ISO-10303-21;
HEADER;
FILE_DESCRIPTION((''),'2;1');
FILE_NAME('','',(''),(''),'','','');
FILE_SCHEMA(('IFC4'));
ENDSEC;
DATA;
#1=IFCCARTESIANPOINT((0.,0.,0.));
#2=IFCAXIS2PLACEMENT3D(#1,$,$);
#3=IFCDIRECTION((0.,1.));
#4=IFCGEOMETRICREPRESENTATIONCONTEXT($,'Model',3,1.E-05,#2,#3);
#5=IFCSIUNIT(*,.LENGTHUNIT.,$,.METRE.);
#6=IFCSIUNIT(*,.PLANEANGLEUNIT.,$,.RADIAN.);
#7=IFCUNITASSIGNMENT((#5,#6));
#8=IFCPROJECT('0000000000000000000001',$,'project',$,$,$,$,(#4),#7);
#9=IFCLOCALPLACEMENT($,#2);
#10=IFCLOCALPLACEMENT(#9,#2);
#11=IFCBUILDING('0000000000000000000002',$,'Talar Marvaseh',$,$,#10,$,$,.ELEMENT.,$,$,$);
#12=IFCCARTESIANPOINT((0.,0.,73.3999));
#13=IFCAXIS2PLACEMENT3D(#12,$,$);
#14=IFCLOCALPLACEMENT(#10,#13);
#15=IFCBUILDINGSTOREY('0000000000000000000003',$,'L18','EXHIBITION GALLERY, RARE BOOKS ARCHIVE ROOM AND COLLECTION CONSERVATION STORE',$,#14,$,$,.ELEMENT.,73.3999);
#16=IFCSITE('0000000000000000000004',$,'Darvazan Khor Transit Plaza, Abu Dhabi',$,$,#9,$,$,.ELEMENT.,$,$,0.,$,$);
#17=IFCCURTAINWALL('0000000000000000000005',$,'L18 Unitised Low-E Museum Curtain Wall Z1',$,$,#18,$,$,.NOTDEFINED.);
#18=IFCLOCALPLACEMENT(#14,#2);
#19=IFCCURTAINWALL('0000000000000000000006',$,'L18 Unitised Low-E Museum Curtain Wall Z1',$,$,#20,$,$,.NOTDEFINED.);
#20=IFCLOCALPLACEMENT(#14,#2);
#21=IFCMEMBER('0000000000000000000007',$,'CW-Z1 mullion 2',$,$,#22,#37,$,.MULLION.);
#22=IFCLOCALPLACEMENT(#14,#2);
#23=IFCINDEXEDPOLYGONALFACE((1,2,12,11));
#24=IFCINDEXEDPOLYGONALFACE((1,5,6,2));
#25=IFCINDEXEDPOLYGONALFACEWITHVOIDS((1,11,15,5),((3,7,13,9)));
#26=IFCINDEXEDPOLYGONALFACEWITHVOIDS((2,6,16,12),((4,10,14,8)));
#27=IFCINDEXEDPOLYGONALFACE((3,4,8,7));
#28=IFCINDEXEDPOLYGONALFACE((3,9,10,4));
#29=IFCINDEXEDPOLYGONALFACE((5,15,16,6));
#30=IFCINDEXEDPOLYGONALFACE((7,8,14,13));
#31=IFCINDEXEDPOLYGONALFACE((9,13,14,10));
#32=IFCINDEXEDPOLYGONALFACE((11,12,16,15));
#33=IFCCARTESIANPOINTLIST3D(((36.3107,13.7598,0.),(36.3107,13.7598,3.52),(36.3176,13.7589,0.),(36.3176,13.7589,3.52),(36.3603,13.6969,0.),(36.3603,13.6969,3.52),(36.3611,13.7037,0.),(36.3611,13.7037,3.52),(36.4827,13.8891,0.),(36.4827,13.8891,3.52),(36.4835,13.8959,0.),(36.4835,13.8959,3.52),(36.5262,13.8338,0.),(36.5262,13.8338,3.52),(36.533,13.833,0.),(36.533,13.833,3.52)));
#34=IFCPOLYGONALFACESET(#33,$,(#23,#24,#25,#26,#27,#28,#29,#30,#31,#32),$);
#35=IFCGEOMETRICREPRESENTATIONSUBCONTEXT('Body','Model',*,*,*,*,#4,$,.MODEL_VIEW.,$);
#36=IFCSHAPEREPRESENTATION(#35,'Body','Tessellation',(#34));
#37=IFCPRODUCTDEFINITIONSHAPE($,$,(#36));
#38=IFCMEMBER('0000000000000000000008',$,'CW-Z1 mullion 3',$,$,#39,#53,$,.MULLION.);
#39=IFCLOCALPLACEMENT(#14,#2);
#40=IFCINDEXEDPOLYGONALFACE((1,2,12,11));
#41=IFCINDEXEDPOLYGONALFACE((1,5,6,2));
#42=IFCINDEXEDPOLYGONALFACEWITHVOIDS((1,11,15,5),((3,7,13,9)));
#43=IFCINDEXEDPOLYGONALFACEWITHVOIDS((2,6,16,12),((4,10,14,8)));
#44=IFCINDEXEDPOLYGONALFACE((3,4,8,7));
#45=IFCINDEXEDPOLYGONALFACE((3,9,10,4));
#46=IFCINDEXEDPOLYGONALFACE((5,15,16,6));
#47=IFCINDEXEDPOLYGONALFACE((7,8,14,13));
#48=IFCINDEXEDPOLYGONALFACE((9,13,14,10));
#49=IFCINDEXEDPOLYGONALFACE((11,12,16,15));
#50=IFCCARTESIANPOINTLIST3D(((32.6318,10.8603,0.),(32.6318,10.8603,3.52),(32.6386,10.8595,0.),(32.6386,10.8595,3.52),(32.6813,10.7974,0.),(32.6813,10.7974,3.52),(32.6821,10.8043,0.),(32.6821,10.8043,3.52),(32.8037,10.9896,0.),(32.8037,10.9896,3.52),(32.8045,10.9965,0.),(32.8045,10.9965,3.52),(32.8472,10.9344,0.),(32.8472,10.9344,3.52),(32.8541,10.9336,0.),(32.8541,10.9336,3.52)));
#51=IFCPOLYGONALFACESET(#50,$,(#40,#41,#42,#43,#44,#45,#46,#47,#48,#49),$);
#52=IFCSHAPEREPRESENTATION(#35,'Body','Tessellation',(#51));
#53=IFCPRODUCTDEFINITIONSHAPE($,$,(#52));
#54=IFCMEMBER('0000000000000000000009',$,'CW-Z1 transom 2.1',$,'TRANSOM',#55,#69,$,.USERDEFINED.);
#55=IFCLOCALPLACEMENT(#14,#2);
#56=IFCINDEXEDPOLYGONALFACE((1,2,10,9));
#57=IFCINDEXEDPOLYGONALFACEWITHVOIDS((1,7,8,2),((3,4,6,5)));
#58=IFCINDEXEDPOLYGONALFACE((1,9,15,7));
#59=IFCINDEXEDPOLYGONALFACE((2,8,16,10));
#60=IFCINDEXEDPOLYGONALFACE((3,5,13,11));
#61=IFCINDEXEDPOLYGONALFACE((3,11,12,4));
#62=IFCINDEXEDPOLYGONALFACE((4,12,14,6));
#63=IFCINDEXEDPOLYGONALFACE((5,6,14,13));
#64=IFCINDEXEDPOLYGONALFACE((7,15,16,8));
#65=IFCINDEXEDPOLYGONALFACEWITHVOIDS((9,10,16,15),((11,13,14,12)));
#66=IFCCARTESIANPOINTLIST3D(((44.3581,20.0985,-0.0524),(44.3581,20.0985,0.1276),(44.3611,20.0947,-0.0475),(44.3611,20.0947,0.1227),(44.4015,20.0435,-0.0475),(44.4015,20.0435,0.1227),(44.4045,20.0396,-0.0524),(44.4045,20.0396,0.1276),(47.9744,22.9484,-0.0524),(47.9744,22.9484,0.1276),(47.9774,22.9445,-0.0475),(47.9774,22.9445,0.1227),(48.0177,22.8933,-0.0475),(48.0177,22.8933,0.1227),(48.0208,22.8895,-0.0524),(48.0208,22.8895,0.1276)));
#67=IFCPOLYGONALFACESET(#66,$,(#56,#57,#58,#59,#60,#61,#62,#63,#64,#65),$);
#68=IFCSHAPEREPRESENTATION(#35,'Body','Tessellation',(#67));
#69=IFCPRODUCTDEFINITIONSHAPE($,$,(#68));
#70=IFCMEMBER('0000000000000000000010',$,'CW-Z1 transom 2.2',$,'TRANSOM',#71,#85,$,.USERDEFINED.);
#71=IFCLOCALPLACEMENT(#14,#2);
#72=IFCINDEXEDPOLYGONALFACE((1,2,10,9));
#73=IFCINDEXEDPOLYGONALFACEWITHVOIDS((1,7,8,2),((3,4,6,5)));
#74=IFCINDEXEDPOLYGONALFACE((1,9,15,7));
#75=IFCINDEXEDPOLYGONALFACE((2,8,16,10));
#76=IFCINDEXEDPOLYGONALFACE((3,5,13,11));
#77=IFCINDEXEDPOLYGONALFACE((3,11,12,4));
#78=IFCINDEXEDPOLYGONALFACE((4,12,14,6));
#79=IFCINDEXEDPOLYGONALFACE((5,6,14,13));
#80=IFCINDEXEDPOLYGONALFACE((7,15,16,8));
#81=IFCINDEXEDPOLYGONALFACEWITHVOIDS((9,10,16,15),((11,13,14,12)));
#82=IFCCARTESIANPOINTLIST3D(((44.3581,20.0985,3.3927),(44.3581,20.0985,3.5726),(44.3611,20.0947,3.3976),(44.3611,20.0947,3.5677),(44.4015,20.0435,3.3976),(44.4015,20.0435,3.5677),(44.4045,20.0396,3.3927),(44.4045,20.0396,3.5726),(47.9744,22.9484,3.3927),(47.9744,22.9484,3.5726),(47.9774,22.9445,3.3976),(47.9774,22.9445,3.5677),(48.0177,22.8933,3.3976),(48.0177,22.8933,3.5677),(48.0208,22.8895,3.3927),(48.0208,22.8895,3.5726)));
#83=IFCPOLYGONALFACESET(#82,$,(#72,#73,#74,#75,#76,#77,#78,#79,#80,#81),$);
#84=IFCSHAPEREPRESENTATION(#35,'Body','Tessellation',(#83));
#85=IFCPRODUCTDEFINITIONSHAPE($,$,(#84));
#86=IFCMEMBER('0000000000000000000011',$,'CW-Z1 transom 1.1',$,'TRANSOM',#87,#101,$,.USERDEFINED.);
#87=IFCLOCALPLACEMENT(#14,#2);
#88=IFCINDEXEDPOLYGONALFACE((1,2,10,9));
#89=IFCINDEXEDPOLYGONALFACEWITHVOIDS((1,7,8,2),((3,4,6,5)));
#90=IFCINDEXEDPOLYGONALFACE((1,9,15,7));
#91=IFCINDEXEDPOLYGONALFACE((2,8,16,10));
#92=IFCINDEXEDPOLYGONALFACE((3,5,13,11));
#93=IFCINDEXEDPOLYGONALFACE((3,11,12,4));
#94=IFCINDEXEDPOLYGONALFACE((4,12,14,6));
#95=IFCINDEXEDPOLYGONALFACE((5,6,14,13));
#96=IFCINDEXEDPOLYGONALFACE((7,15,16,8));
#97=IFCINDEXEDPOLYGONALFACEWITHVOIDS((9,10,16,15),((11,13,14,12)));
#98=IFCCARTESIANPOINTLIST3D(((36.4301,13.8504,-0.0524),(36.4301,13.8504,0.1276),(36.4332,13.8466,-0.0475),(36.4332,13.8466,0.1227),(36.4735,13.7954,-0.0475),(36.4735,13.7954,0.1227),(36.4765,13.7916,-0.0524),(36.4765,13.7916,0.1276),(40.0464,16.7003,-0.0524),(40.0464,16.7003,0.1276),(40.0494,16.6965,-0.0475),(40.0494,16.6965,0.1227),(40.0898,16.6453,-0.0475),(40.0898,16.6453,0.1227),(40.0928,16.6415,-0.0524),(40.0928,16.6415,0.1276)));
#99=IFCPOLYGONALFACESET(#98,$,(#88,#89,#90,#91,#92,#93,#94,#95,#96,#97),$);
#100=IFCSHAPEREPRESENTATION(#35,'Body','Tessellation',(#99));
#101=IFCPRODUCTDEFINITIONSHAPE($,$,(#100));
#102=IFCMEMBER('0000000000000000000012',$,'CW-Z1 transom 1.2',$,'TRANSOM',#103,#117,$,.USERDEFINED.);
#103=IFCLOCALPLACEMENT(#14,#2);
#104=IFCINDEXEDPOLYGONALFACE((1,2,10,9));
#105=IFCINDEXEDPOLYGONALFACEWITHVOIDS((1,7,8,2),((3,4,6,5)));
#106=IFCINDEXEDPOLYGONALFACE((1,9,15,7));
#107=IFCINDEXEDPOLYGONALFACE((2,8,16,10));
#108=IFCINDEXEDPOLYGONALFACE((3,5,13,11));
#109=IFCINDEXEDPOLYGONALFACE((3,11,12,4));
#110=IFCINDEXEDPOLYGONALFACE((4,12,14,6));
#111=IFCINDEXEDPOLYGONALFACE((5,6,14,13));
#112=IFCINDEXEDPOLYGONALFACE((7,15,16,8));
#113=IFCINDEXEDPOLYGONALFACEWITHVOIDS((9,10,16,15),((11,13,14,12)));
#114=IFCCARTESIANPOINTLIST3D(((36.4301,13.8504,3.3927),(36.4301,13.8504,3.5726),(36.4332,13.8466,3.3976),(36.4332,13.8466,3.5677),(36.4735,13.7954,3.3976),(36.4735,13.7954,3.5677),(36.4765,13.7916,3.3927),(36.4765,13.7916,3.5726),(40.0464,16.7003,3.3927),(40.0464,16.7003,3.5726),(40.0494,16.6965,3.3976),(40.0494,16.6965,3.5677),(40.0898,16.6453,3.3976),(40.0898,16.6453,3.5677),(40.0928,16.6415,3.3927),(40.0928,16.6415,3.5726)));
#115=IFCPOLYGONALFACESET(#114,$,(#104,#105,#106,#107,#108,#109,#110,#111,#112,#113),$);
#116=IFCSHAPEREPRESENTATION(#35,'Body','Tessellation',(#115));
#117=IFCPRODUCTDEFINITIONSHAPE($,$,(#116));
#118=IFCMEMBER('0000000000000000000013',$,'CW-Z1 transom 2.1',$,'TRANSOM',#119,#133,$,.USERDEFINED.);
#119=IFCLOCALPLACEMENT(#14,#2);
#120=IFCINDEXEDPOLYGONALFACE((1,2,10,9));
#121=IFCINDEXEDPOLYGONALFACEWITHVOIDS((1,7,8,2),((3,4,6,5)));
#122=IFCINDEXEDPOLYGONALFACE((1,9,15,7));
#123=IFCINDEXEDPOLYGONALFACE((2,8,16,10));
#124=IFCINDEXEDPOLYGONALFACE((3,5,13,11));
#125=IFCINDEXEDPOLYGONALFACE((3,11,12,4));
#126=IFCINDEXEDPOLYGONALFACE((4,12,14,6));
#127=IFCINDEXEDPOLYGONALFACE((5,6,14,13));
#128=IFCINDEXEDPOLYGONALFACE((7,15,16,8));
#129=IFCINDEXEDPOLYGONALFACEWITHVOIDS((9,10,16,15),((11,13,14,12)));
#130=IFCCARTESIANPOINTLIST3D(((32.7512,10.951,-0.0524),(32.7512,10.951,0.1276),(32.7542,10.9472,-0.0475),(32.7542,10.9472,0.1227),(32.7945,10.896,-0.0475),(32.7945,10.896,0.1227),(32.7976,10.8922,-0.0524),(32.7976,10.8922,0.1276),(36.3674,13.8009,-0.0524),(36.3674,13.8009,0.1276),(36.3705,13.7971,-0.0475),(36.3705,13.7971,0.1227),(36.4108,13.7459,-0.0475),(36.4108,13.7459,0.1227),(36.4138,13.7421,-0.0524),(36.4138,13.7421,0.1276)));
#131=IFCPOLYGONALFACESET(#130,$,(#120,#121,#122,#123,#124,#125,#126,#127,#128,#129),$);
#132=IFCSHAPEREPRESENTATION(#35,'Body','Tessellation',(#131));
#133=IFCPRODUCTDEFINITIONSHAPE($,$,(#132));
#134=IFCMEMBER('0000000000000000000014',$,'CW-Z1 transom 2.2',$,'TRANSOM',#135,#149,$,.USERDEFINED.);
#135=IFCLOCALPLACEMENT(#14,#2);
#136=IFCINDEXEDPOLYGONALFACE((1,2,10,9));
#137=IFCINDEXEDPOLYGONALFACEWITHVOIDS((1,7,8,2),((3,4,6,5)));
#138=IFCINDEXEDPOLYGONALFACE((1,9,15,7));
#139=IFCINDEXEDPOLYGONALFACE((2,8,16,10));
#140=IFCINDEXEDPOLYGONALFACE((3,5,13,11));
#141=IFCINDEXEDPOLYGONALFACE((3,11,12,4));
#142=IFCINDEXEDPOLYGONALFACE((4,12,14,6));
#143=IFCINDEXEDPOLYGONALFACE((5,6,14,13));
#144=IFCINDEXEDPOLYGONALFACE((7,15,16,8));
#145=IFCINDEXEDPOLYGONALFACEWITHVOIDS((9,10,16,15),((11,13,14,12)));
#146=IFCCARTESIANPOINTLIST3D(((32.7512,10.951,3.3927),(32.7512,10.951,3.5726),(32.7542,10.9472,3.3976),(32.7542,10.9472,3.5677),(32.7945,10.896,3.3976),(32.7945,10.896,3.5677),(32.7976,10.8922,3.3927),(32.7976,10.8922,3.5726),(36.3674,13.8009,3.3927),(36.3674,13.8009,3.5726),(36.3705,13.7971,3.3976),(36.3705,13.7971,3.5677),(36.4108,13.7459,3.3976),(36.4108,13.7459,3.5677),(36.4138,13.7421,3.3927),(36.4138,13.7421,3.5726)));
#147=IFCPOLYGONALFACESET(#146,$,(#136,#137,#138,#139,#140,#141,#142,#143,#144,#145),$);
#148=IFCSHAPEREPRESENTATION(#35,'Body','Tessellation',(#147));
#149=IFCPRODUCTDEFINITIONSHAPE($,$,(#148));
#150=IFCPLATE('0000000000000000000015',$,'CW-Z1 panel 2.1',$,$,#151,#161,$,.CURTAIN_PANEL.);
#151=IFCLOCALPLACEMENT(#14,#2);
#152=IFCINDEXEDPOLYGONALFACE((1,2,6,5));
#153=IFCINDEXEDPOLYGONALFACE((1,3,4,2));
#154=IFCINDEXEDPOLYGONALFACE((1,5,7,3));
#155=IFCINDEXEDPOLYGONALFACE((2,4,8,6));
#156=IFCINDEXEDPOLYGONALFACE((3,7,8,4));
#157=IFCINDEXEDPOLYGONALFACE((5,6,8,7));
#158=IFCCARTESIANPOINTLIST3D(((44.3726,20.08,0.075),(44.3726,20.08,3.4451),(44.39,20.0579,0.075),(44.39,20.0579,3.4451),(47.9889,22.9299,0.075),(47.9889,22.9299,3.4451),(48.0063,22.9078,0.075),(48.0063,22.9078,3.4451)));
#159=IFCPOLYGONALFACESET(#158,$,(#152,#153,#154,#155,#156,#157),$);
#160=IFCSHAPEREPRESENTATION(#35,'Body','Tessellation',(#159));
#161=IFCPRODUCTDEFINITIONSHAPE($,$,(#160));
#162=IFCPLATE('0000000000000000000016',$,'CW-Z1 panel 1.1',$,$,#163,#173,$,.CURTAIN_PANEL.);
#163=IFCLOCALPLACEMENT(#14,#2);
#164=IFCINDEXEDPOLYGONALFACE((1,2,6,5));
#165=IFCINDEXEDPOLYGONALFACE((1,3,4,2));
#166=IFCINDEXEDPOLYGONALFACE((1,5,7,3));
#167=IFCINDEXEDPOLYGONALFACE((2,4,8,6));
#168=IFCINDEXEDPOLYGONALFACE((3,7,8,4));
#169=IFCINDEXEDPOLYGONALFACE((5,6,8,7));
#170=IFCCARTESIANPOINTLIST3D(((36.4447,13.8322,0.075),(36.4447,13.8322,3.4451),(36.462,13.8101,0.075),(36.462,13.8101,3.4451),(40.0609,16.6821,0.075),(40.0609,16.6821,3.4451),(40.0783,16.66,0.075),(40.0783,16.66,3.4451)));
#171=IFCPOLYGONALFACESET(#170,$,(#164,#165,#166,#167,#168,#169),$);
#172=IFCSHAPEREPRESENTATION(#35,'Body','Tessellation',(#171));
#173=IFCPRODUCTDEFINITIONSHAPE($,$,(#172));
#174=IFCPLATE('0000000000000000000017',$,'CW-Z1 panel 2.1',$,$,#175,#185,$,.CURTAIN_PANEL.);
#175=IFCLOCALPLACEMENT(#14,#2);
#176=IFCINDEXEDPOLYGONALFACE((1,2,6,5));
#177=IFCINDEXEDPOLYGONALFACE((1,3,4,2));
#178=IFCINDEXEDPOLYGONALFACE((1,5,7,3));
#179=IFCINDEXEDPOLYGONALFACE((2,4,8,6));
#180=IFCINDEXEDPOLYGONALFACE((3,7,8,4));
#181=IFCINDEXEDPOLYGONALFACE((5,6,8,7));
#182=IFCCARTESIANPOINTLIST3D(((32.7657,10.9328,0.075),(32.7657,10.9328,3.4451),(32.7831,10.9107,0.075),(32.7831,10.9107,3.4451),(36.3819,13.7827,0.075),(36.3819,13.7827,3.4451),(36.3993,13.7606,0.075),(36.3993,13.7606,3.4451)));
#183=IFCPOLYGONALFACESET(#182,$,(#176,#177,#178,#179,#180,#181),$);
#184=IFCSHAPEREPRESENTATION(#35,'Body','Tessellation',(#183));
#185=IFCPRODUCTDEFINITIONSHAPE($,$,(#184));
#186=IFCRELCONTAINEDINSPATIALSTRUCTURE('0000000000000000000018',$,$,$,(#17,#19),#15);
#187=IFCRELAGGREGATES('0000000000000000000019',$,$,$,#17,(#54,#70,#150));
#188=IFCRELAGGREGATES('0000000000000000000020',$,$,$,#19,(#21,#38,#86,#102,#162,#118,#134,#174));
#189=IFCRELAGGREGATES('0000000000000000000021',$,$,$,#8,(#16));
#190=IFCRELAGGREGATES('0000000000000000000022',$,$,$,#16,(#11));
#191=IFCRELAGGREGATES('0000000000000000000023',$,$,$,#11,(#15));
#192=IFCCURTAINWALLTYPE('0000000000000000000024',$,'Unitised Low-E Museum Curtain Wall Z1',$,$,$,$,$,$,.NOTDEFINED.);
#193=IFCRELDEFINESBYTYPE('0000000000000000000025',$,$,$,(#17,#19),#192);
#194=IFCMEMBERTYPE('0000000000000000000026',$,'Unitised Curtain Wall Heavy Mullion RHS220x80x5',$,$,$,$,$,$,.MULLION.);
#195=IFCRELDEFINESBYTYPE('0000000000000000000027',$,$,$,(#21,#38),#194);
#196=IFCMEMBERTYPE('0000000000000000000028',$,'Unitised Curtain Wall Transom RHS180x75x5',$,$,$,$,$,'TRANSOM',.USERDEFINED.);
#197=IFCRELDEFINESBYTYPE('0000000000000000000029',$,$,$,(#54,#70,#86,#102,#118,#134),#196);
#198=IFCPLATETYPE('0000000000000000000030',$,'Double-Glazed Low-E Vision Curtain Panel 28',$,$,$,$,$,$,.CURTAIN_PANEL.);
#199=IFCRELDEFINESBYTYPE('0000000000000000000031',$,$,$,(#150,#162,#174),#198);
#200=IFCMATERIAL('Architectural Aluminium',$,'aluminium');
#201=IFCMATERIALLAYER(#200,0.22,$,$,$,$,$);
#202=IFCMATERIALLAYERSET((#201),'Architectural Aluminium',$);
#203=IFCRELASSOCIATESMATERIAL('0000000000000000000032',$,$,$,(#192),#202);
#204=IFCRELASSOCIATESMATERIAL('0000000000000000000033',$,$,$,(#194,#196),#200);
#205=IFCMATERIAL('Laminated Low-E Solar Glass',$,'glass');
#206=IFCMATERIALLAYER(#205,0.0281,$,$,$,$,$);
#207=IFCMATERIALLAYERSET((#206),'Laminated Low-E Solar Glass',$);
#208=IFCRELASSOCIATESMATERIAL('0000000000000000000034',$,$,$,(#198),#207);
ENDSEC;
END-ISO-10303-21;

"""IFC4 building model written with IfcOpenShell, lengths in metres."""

from ifc_helpers import new_model, si_unit, direction, frame, origin, origin_2d, place, context, subcontext, project, spatial, rectangle, hollow_rectangle, extrude, source, transform, mapped, material, layer, layer_set, material_profile, profile_set, type_object, type_shapes, element, aggregate, save


model = new_model("IFC4")

# Units and contexts
model_context = context("Model", 3, precision=1e-05, world=origin(), true_north=direction((0.0, 1.0)))
body_context = subcontext(model_context, "Body", "Model", "MODEL_VIEW")
ifc_project = project(units=[si_unit("LENGTHUNIT", "METRE"), si_unit("PLANEANGLEUNIT", "RADIAN")], contexts=[model_context])

# Site, building, storey
site_placement = place(None, origin())
site = spatial("IfcSite", under=ifc_project, at=site_placement, Name="Darvazan Khor Transit Plaza, Abu Dhabi", CompositionType="ELEMENT", RefElevation=0.0)
building_placement = place(site_placement, origin())
building = spatial("IfcBuilding", under=site, at=building_placement, Name="Talar Marvaseh", CompositionType="ELEMENT")
storey_placement = place(building_placement, frame((0.0, 0.0, 73.3999)))
storey = spatial("IfcBuildingStorey", under=building, at=storey_placement, Name="L18", Description="EXHIBITION GALLERY, RARE BOOKS ARCHIVE ROOM AND COLLECTION CONSERVATION STORE", CompositionType="ELEMENT", Elevation=73.3999)

# Curtain wall
ifc_material_1 = material(Name="Architectural Aluminium", Category="aluminium")
ifc_layer_1 = layer(ifc_material_1, 0.22)
ifc_layer_set_1 = layer_set([ifc_layer_1], Name="Architectural Aluminium")
curtain_wall_type = type_object("IfcCurtainWallType", Name="Unitised Low-E Museum Curtain Wall Z1", PredefinedType="NOTDEFINED", material=ifc_layer_set_1)
curtain_wall_1_placement = place(storey_placement, origin())
curtain_wall_1 = element("IfcCurtainWall", 1, at=curtain_wall_1_placement, inside=storey, type_object=curtain_wall_type, Name="L18 Unitised Low-E Museum Curtain Wall Z1", PredefinedType="NOTDEFINED")
ifc_material_profile_1 = material_profile(ifc_material_1, hollow_rectangle(XDim=0.0801, YDim=0.22, WallThickness=0.0049, at=origin_2d()), Name="RHS220x80x5")
ifc_profile_set_1 = profile_set([ifc_material_profile_1], Name="Architectural Aluminium")
member_type_1 = type_object("IfcMemberType", Name="Unitised Curtain Wall Heavy Mullion RHS220x80x5", PredefinedType="MULLION", material=ifc_profile_set_1)
shared_shape_1 = source(origin(), body_context, "Body", "SweptSolid", [
    extrude(hollow_rectangle(XDim=0.0801, YDim=0.22, WallThickness=0.0049, at=origin_2d()), origin(), (0.0, 0.0, 1.0), 3.52),
])
type_shapes(member_type_1, [shared_shape_1])

# Curtain wall, members
curtain_wall_2_placement = place(storey_placement, origin())
curtain_wall_2 = element("IfcCurtainWall", 2, at=curtain_wall_2_placement, inside=storey, type_object=curtain_wall_type, Name="L18 Unitised Low-E Museum Curtain Wall Z1", PredefinedType="NOTDEFINED")
member_1_placement = place(storey_placement, frame((36.4219, 13.7964, 0.0), z_axis=(0.0, 0.0, 1.0), x_axis=(0.618972, -0.785413, 0.0)))
member_1 = element("IfcMember", 3, at=member_1_placement, type_object=member_type_1, Name="CW-Z1 mullion 2", PredefinedType="MULLION", context=body_context, shape_type="MappedRepresentation", body=[
    mapped(shared_shape_1, transform((0.0, 0.0, 0.0), x_axis=(1.0, 0.0, 0.0), y_axis=(0.0, 1.0, 0.0), z_axis=(0.0, 0.0, 1.0), scale=1.0)),
])
member_2_placement = place(storey_placement, frame((32.7429, 10.897, 0.0), z_axis=(0.0, 0.0, 1.0), x_axis=(0.618972, -0.785413, 0.0)))
member_2 = element("IfcMember", 4, at=member_2_placement, type_object=member_type_1, Name="CW-Z1 mullion 3", PredefinedType="MULLION", context=body_context, shape_type="MappedRepresentation", body=[
    mapped(shared_shape_1, transform((0.0, 0.0, 0.0), x_axis=(1.0, 0.0, 0.0), y_axis=(0.0, 1.0, 0.0), z_axis=(0.0, 0.0, 1.0), scale=1.0)),
])

# Members
ifc_material_profile_2 = material_profile(ifc_material_1, hollow_rectangle(XDim=0.075, YDim=0.1799, WallThickness=0.0049, at=origin_2d()), Name="RHS180x75x5")
ifc_profile_set_2 = profile_set([ifc_material_profile_2], Name="Architectural Aluminium")
member_type_2 = type_object("IfcMemberType", Name="Unitised Curtain Wall Transom RHS180x75x5", ElementType="TRANSOM", PredefinedType="USERDEFINED", material=ifc_profile_set_2)
shared_shape_2 = source(origin(), body_context, "Body", "SweptSolid", [
    extrude(hollow_rectangle(XDim=0.075, YDim=0.1799, WallThickness=0.0049, at=origin_2d()), origin(), (0.0, 0.0, 1.0), 4.6042),
])
type_shapes(member_type_2, [shared_shape_2])
member_3_placement = place(storey_placement, frame((47.9976, 22.9189, 0.0376), z_axis=(-0.785416, -0.618968, 0.0), x_axis=(0.618968, -0.785416, 0.0)))
member_3 = element("IfcMember", 5, at=member_3_placement, type_object=member_type_2, Name="CW-Z1 transom 2.1", ObjectType="TRANSOM", PredefinedType="USERDEFINED", context=body_context, shape_type="MappedRepresentation", body=[
    mapped(shared_shape_2, transform((0.0, 0.0, 0.0), x_axis=(1.0, 0.0, 0.0), y_axis=(0.0, 1.0, 0.0), z_axis=(0.0, 0.0, 1.0), scale=1.0)),
])
member_4_placement = place(storey_placement, frame((47.9976, 22.9189, 3.4827), z_axis=(-0.785416, -0.618968, 0.0), x_axis=(0.618968, -0.785416, 0.0)))
member_4 = element("IfcMember", 6, at=member_4_placement, type_object=member_type_2, Name="CW-Z1 transom 2.2", ObjectType="TRANSOM", PredefinedType="USERDEFINED", context=body_context, shape_type="MappedRepresentation", body=[
    mapped(shared_shape_2, transform((0.0, 0.0, 0.0), x_axis=(1.0, 0.0, 0.0), y_axis=(0.0, 1.0, 0.0), z_axis=(0.0, 0.0, 1.0), scale=1.0)),
])
member_5_placement = place(storey_placement, frame((40.0696, 16.6709, 0.0376), z_axis=(-0.785416, -0.618968, 0.0), x_axis=(0.618968, -0.785416, 0.0)))
member_5 = element("IfcMember", 7, at=member_5_placement, type_object=member_type_2, Name="CW-Z1 transom 1.1", ObjectType="TRANSOM", PredefinedType="USERDEFINED", context=body_context, shape_type="MappedRepresentation", body=[
    mapped(shared_shape_2, transform((0.0, 0.0, 0.0), x_axis=(1.0, 0.0, 0.0), y_axis=(0.0, 1.0, 0.0), z_axis=(0.0, 0.0, 1.0), scale=1.0)),
])
member_6_placement = place(storey_placement, frame((40.0696, 16.6709, 3.4827), z_axis=(-0.785416, -0.618968, 0.0), x_axis=(0.618968, -0.785416, 0.0)))
member_6 = element("IfcMember", 8, at=member_6_placement, type_object=member_type_2, Name="CW-Z1 transom 1.2", ObjectType="TRANSOM", PredefinedType="USERDEFINED", context=body_context, shape_type="MappedRepresentation", body=[
    mapped(shared_shape_2, transform((0.0, 0.0, 0.0), x_axis=(1.0, 0.0, 0.0), y_axis=(0.0, 1.0, 0.0), z_axis=(0.0, 0.0, 1.0), scale=1.0)),
])
member_7_placement = place(storey_placement, frame((36.3906, 13.7715, 0.0376), z_axis=(-0.785416, -0.618968, 0.0), x_axis=(0.618968, -0.785416, 0.0)))
member_7 = element("IfcMember", 9, at=member_7_placement, type_object=member_type_2, Name="CW-Z1 transom 2.1", ObjectType="TRANSOM", PredefinedType="USERDEFINED", context=body_context, shape_type="MappedRepresentation", body=[
    mapped(shared_shape_2, transform((0.0, 0.0, 0.0), x_axis=(1.0, 0.0, 0.0), y_axis=(0.0, 1.0, 0.0), z_axis=(0.0, 0.0, 1.0), scale=1.0)),
])
member_8_placement = place(storey_placement, frame((36.3906, 13.7715, 3.4827), z_axis=(-0.785416, -0.618968, 0.0), x_axis=(0.618968, -0.785416, 0.0)))
member_8 = element("IfcMember", 10, at=member_8_placement, type_object=member_type_2, Name="CW-Z1 transom 2.2", ObjectType="TRANSOM", PredefinedType="USERDEFINED", context=body_context, shape_type="MappedRepresentation", body=[
    mapped(shared_shape_2, transform((0.0, 0.0, 0.0), x_axis=(1.0, 0.0, 0.0), y_axis=(0.0, 1.0, 0.0), z_axis=(0.0, 0.0, 1.0), scale=1.0)),
])

# Plates
ifc_material_2 = material(Name="Laminated Low-E Solar Glass", Category="glass")
ifc_layer_2 = layer(ifc_material_2, 0.0281)
ifc_layer_set_2 = layer_set([ifc_layer_2], Name="Laminated Low-E Solar Glass")
plate_type = type_object("IfcPlateType", Name="Double-Glazed Low-E Vision Curtain Panel 28", PredefinedType="CURTAIN_PANEL", material=ifc_layer_set_2)
shared_shape_3 = source(origin(), body_context, "Body", "SweptSolid", [
    extrude(rectangle(XDim=4.6042, YDim=0.0281, at=origin_2d()), origin(), (0.0, 0.0, 1.0), 3.3701),
])
type_shapes(plate_type, [shared_shape_3])
plate_1_placement = place(storey_placement, frame((46.1895, 21.4939, 0.075), z_axis=(0.0, 0.0, 1.0), x_axis=(-0.785413, -0.618972, 0.0)))
plate_1 = element("IfcPlate", 11, at=plate_1_placement, type_object=plate_type, Name="CW-Z1 panel 2.1", PredefinedType="CURTAIN_PANEL", context=body_context, shape_type="MappedRepresentation", body=[
    mapped(shared_shape_3, transform((0.0, 0.0, 0.0), x_axis=(1.0, 0.0, 0.0), y_axis=(0.0, 1.0, 0.0), z_axis=(0.0, 0.0, 1.0), scale=1.0)),
])
aggregate(curtain_wall_1, [member_3, member_4, plate_1])
plate_2_placement = place(storey_placement, frame((38.2615, 15.2461, 0.075), z_axis=(0.0, 0.0, 1.0), x_axis=(-0.785413, -0.618972, 0.0)))
plate_2 = element("IfcPlate", 12, at=plate_2_placement, type_object=plate_type, Name="CW-Z1 panel 1.1", PredefinedType="CURTAIN_PANEL", context=body_context, shape_type="MappedRepresentation", body=[
    mapped(shared_shape_3, transform((0.0, 0.0, 0.0), x_axis=(1.0, 0.0, 0.0), y_axis=(0.0, 1.0, 0.0), z_axis=(0.0, 0.0, 1.0), scale=1.0)),
])
plate_3_placement = place(storey_placement, frame((34.5825, 12.3467, 0.075), z_axis=(0.0, 0.0, 1.0), x_axis=(-0.785413, -0.618972, 0.0)))
plate_3 = element("IfcPlate", 13, at=plate_3_placement, type_object=plate_type, Name="CW-Z1 panel 2.1", PredefinedType="CURTAIN_PANEL", context=body_context, shape_type="MappedRepresentation", body=[
    mapped(shared_shape_3, transform((0.0, 0.0, 0.0), x_axis=(1.0, 0.0, 0.0), y_axis=(0.0, 1.0, 0.0), z_axis=(0.0, 0.0, 1.0), scale=1.0)),
])
aggregate(curtain_wall_2, [member_1, member_2, member_5, member_6, plate_2, member_7, member_8, plate_3])

save(model, "model.ifc")
